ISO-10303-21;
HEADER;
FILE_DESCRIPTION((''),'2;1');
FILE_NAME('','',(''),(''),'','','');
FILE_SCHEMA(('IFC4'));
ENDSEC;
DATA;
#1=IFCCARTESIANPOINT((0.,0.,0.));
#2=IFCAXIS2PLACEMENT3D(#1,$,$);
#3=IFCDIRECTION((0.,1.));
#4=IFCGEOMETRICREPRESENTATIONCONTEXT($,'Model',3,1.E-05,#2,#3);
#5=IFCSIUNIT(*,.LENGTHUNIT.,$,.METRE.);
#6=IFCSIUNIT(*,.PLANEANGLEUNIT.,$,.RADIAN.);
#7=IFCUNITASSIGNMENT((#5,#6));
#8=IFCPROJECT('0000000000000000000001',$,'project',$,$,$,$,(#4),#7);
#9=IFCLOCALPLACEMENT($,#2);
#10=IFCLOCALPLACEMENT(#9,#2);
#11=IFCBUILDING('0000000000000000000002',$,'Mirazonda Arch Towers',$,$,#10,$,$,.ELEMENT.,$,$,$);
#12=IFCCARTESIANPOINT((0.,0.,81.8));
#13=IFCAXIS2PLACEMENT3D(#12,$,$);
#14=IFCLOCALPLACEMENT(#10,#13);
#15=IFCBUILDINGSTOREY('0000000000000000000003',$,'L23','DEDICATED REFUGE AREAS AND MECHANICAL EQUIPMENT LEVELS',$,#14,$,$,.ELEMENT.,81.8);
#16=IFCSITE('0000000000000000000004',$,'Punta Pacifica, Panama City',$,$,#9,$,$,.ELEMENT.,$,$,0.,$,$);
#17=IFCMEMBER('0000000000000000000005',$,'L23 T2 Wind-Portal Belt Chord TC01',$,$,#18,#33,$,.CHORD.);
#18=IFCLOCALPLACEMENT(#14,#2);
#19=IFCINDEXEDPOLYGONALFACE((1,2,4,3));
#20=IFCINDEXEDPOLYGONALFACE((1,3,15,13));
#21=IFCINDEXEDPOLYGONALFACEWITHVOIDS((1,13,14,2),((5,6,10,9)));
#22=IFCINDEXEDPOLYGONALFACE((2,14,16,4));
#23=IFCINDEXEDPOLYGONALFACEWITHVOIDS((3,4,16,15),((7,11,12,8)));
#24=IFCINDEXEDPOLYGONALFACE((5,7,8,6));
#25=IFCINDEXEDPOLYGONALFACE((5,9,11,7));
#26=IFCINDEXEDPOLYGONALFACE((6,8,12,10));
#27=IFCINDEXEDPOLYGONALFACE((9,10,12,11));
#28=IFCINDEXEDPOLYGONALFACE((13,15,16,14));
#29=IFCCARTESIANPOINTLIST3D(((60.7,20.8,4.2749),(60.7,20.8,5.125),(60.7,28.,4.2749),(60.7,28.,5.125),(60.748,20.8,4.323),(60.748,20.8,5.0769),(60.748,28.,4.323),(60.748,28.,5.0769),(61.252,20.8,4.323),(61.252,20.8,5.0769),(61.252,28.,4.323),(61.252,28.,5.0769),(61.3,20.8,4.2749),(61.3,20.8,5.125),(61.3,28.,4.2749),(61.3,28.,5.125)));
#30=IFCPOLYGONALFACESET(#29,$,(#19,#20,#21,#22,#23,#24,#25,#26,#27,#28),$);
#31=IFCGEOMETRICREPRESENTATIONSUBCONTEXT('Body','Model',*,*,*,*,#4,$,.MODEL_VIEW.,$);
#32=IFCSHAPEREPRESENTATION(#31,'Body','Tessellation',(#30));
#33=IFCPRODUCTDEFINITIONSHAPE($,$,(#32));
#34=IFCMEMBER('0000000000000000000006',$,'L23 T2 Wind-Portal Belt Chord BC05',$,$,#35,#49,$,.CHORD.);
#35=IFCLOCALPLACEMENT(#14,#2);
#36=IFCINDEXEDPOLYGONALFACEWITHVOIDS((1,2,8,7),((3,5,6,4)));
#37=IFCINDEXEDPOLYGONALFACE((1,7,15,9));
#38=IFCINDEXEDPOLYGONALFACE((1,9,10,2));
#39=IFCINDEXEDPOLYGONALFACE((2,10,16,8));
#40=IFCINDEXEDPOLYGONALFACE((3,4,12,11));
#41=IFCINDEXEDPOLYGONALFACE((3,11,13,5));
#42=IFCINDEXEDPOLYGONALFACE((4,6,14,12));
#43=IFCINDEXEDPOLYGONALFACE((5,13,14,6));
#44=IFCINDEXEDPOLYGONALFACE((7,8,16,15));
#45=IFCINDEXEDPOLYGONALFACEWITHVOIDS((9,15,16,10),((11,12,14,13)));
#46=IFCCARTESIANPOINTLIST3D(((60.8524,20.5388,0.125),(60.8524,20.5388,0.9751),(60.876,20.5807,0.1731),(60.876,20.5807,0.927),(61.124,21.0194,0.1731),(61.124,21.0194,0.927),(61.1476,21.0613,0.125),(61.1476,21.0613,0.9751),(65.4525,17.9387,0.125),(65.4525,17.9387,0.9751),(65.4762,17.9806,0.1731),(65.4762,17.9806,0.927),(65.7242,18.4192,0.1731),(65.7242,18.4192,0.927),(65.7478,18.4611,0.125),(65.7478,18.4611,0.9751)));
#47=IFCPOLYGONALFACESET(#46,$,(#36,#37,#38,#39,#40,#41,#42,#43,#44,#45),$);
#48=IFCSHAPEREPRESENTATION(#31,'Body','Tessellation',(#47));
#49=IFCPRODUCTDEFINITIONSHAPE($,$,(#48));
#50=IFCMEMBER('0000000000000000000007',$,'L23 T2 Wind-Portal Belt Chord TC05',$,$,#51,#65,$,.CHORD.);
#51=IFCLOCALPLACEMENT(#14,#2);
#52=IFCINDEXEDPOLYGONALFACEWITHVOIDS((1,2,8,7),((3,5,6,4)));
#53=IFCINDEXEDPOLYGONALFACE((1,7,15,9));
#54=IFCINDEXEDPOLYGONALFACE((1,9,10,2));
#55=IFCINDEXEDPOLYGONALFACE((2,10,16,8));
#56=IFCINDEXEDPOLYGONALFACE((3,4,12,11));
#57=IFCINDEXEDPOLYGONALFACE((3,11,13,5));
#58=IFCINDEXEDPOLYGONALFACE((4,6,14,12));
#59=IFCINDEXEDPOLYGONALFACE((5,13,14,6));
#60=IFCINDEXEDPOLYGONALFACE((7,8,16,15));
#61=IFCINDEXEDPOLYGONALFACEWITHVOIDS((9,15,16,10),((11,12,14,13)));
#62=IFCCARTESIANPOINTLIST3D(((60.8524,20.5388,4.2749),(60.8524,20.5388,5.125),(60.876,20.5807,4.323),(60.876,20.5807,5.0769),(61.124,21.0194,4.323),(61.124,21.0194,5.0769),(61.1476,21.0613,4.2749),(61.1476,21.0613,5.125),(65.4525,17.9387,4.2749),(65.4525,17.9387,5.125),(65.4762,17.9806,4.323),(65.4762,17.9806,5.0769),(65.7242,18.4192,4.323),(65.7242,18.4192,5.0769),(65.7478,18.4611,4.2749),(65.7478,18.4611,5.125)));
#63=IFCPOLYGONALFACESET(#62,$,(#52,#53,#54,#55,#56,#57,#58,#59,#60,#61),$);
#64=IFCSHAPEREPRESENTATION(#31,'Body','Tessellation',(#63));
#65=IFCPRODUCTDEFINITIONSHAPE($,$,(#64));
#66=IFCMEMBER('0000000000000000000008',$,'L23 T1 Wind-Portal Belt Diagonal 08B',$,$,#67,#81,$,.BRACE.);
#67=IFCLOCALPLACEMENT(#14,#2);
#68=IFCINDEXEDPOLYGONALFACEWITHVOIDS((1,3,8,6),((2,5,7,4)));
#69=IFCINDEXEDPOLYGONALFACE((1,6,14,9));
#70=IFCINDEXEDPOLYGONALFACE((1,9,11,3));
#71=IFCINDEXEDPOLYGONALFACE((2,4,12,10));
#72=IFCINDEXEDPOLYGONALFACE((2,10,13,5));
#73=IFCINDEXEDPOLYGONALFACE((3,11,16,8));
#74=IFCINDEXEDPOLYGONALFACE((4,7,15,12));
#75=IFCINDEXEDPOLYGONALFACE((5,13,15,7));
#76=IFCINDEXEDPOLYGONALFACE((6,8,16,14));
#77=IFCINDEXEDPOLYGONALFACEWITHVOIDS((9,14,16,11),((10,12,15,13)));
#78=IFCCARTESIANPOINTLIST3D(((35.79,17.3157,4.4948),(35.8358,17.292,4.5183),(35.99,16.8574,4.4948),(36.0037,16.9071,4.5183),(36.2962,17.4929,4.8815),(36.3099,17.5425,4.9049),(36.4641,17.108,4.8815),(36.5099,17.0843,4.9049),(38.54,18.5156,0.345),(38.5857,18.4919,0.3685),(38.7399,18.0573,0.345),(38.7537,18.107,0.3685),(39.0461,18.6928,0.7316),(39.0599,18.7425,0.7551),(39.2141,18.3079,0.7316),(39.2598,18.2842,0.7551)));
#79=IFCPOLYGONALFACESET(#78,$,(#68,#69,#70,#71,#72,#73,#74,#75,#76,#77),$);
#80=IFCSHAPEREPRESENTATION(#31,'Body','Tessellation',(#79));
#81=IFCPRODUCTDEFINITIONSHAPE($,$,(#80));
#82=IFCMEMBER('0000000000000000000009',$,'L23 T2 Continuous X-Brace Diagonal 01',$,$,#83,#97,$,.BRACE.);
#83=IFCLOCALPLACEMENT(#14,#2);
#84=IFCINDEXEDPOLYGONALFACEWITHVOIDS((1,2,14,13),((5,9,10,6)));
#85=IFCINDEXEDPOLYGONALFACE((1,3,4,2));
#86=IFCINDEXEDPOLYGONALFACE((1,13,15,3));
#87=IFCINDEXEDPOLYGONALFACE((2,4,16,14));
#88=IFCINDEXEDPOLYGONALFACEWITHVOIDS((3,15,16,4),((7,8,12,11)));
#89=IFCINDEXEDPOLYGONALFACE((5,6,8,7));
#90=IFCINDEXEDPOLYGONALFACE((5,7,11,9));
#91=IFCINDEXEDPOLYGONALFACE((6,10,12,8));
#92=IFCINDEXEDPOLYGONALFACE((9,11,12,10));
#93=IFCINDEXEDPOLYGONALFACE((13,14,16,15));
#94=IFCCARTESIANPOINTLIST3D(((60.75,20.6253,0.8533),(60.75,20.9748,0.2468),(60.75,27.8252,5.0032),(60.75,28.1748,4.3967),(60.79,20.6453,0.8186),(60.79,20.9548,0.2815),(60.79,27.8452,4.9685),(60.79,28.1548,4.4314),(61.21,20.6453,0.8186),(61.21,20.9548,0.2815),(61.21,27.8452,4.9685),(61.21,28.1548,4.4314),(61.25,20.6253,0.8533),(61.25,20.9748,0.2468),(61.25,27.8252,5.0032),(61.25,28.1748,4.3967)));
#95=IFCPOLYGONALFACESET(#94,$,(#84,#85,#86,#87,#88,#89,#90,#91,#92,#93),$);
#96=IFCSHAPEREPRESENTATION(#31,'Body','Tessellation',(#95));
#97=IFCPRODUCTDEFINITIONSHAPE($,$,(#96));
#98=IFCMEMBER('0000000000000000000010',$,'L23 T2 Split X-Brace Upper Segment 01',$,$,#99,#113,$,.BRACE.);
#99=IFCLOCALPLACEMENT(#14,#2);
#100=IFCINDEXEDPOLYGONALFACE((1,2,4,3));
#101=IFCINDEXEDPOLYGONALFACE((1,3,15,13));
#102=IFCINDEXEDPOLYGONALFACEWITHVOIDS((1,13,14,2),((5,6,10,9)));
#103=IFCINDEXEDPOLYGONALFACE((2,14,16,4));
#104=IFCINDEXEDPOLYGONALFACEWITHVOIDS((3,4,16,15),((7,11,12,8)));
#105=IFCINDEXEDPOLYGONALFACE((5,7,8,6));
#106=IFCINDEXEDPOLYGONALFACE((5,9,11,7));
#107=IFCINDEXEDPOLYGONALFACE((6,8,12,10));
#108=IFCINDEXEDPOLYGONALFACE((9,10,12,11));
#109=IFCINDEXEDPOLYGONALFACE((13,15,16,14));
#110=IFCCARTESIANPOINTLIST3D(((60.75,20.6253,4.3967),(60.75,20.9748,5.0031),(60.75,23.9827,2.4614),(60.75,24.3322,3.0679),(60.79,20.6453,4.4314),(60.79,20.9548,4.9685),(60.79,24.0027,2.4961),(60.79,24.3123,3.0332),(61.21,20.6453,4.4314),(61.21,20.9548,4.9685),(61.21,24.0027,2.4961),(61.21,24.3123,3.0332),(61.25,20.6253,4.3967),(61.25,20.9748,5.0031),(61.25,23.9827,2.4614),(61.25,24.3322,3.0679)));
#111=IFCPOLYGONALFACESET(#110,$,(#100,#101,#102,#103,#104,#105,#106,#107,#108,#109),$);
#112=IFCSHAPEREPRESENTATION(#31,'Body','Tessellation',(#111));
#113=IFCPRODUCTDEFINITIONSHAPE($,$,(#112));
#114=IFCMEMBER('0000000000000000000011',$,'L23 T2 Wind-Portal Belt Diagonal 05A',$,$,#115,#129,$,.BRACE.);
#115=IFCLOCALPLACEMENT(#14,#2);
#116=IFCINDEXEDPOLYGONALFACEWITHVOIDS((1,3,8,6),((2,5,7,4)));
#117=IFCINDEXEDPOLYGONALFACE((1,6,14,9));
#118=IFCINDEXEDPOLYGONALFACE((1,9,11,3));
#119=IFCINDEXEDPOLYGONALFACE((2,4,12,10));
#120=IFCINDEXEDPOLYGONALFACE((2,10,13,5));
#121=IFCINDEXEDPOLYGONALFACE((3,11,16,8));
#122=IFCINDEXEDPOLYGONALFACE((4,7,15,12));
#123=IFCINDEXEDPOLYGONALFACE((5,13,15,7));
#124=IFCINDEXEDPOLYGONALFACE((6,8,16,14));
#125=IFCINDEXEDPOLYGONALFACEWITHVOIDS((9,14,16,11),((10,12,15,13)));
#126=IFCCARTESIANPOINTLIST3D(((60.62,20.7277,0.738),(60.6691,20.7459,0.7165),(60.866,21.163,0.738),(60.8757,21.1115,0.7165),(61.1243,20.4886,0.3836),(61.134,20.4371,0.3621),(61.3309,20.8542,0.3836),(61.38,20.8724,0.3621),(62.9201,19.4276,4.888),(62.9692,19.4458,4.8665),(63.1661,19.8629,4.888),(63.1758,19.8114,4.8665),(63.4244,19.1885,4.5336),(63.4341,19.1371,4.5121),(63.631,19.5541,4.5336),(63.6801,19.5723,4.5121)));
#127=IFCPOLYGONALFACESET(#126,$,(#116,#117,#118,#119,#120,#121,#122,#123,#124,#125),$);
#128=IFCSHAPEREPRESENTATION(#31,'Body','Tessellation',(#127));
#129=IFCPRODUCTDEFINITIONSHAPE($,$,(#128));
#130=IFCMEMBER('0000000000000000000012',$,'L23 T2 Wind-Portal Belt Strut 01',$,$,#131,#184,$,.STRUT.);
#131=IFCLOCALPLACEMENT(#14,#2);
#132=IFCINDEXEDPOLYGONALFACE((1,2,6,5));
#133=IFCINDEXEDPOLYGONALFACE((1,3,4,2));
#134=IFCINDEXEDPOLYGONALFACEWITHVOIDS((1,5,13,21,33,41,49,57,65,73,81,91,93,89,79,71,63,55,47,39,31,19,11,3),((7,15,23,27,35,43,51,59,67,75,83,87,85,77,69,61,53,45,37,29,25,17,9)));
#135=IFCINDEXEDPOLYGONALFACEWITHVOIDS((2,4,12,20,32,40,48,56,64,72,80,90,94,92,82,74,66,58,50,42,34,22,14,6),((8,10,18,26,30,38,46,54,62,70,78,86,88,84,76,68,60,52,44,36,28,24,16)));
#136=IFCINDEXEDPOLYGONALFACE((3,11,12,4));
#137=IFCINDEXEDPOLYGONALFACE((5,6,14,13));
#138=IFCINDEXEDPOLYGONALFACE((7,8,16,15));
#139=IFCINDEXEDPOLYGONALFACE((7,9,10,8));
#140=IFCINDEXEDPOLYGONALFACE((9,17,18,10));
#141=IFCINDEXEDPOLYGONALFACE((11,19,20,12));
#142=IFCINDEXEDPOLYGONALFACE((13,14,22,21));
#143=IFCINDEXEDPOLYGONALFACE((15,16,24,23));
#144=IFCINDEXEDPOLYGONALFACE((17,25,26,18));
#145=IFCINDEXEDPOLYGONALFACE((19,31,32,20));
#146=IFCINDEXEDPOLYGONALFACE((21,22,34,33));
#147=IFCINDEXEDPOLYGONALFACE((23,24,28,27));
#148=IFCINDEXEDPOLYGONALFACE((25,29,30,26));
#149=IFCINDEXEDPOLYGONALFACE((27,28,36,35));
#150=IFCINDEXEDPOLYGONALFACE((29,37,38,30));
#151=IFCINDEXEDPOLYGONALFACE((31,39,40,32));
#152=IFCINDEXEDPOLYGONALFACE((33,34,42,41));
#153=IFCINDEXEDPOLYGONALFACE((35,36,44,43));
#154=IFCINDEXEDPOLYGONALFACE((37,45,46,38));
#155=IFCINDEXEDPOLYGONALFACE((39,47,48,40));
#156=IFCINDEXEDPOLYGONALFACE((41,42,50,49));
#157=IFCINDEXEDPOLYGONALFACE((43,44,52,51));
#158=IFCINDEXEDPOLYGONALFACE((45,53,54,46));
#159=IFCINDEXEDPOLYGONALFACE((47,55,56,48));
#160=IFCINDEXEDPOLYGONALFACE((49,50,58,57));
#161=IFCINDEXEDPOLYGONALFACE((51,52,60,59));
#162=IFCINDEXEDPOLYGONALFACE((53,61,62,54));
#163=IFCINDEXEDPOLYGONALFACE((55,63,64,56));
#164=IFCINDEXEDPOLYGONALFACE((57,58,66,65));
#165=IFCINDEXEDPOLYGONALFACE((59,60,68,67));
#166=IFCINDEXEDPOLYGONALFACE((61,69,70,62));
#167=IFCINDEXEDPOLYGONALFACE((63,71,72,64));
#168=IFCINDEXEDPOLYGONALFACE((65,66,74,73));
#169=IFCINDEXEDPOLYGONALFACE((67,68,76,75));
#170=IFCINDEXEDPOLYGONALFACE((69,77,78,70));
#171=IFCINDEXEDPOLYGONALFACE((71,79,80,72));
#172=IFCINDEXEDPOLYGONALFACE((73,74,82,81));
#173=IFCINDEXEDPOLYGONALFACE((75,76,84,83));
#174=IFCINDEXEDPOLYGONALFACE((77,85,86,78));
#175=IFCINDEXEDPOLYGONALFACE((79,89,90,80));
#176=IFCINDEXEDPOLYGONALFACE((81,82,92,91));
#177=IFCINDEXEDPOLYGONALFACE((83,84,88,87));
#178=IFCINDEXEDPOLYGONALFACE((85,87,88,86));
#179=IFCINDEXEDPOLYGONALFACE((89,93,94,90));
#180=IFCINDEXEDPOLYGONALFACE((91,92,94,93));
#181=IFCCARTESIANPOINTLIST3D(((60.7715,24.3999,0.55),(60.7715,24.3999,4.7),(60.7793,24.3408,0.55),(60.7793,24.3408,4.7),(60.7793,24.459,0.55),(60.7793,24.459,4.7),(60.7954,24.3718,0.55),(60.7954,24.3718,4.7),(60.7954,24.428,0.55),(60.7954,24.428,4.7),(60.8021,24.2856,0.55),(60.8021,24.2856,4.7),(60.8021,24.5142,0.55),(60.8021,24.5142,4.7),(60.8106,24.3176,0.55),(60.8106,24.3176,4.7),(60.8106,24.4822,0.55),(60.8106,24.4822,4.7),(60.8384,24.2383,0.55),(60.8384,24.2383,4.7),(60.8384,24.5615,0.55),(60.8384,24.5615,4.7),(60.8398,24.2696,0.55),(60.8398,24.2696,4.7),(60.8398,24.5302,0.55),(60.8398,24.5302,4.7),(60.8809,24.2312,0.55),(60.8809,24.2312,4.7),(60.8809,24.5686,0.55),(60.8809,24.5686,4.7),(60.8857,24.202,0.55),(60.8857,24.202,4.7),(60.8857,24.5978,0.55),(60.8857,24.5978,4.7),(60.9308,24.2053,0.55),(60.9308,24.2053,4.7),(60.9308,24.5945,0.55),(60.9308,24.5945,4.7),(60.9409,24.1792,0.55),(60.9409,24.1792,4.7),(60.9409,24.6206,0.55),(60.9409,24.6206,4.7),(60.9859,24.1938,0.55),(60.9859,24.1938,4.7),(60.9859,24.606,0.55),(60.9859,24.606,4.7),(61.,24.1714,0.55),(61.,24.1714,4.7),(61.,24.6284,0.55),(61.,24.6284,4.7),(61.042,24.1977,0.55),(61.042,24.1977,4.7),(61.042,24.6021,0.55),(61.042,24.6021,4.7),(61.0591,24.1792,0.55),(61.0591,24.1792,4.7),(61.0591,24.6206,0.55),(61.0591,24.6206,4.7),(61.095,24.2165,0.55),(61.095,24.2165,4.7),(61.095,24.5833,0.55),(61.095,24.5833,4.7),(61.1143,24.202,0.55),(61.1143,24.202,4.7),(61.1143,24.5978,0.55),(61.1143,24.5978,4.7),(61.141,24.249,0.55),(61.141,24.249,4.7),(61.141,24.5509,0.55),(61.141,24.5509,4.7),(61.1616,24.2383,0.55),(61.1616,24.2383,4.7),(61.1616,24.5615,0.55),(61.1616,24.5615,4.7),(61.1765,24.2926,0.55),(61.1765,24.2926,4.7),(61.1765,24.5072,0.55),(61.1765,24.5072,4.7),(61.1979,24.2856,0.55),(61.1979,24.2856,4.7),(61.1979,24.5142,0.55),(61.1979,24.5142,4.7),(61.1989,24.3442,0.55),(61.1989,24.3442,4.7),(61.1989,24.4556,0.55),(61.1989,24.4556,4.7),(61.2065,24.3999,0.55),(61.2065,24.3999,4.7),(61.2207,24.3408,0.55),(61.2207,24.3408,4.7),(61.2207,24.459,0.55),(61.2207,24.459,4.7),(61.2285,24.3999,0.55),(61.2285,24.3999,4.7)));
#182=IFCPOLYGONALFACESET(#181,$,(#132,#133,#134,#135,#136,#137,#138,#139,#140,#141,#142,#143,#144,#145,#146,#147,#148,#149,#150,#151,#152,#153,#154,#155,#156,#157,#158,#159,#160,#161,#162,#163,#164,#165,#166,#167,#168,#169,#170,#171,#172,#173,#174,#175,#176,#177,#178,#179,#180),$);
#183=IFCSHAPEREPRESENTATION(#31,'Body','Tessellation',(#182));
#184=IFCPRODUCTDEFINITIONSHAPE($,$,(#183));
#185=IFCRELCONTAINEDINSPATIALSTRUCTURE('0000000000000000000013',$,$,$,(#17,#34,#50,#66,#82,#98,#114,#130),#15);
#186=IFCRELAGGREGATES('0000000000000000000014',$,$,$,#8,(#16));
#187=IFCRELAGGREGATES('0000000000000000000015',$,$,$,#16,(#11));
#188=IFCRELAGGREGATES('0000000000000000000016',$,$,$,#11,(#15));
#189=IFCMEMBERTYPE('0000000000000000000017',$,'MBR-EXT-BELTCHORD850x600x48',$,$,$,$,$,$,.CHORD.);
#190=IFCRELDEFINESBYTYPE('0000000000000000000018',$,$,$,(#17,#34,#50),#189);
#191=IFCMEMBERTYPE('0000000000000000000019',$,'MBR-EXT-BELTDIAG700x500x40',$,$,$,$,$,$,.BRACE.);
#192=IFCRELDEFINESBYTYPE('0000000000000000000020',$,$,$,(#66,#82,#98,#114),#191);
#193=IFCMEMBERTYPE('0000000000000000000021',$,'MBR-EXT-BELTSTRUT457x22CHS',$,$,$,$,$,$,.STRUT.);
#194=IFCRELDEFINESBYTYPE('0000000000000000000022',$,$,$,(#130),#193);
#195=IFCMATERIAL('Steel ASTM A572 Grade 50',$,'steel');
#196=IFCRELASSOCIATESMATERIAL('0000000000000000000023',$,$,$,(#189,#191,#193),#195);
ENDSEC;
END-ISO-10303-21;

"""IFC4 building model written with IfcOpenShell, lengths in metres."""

from ifc_helpers import new_model, si_unit, direction, frame, origin, origin_2d, place, context, subcontext, project, spatial, hollow_rectangle, hollow_circle, extrude, material, material_profile, profile_set, type_object, element, save


model = new_model("IFC4")

# Units and contexts
model_context = context("Model", 3, precision=1e-05, world=origin(), true_north=direction((0.0, 1.0)))
body_context = subcontext(model_context, "Body", "Model", "MODEL_VIEW")
ifc_project = project(units=[si_unit("LENGTHUNIT", "METRE"), si_unit("PLANEANGLEUNIT", "RADIAN")], contexts=[model_context])

# Site, building, storey
site_placement = place(None, origin())
site = spatial("IfcSite", under=ifc_project, at=site_placement, Name="Punta Pacifica, Panama City", CompositionType="ELEMENT", RefElevation=0.0)
building_placement = place(site_placement, origin())
building = spatial("IfcBuilding", under=site, at=building_placement, Name="Mirazonda Arch Towers", CompositionType="ELEMENT")
storey_placement = place(building_placement, frame((0.0, 0.0, 81.8)))
storey = spatial("IfcBuildingStorey", under=building, at=storey_placement, Name="L23", Description="DEDICATED REFUGE AREAS AND MECHANICAL EQUIPMENT LEVELS", CompositionType="ELEMENT", Elevation=81.8)

# Shared definitions
ifc_material_1 = material(Name="Steel ASTM A572 Grade 50", Category="steel")

# Members
ifc_material_profile_1 = material_profile(ifc_material_1, hollow_rectangle(XDim=0.6001, YDim=0.8501, WallThickness=0.0481, at=origin_2d()), Name="BELTCHORD850x600x48")
ifc_profile_set_1 = profile_set([ifc_material_profile_1], Name="Steel ASTM A572 Grade 50")
member_type_1 = type_object("IfcMemberType", Name="MBR-EXT-BELTCHORD850x600x48", PredefinedType="CHORD", material=ifc_profile_set_1)
for number, where, z_axis, x_axis, name in (
    (1, (61.0, 20.8, 4.7), (0.0, 1.0, 0.0), (-1.0, 0.0, 0.0), "L23 T2 Wind-Portal Belt Chord TC01"),
):
    element("IfcMember", number, at=place(storey_placement, frame(where, z_axis=z_axis, x_axis=x_axis)), inside=storey, type_object=member_type_1, Name=name, PredefinedType="CHORD", context=body_context, shape_type="SweptSolid", body=[
        extrude(hollow_rectangle(XDim=0.6001, YDim=0.8501, WallThickness=0.0481, at=origin_2d()), origin(), (0.0, 0.0, 1.0), 7.2),
    ])
for number, where, z_axis, x_axis, name in (
    (2, (61.0, 20.8, 0.55), (0.870559, -0.492063, 0.0), (0.492063, 0.870559, 0.0), "L23 T2 Wind-Portal Belt Chord BC05"),
    (3, (61.0, 20.8, 4.7), (0.870559, -0.492063, 0.0), (0.492063, 0.870559, 0.0), "L23 T2 Wind-Portal Belt Chord TC05"),
):
    element("IfcMember", number, at=place(storey_placement, frame(where, z_axis=z_axis, x_axis=x_axis)), inside=storey, type_object=member_type_1, Name=name, PredefinedType="CHORD", context=body_context, shape_type="SweptSolid", body=[
        extrude(hollow_rectangle(XDim=0.6001, YDim=0.8501, WallThickness=0.0481, at=origin_2d()), origin(), (0.0, 0.0, 1.0), 5.2842),
    ])
ifc_material_profile_2 = material_profile(ifc_material_1, hollow_rectangle(XDim=0.5, YDim=0.7, WallThickness=0.04, at=origin_2d()), Name="BELTDIAG700x500x40")
ifc_profile_set_2 = profile_set([ifc_material_profile_2], Name="Steel ASTM A572 Grade 50")
member_type_2 = type_object("IfcMemberType", Name="MBR-EXT-BELTDIAG700x500x40", PredefinedType="BRACE", material=ifc_profile_set_2)
member_1_placement = place(storey_placement, frame((38.8999, 18.3999, 0.55), z_axis=(-0.53701, -0.234322, 0.810378), x_axis=(0.399931, -0.916545, 0.0)))
element("IfcMember", 4, at=member_1_placement, inside=storey, type_object=member_type_2, Name="L23 T1 Wind-Portal Belt Diagonal 08B", PredefinedType="BRACE", context=body_context, shape_type="SweptSolid", body=[
    extrude(hollow_rectangle(XDim=0.5, YDim=0.7, WallThickness=0.04, at=origin_2d()), origin(), (0.0, 0.0, 1.0), 5.1208),
])
member_2_placement = place(storey_placement, frame((61.0, 20.8, 0.55), z_axis=(0.0, 0.866389, 0.499369), x_axis=(-1.0, 0.0, 0.0)))
element("IfcMember", 5, at=member_2_placement, inside=storey, type_object=member_type_2, Name="L23 T2 Continuous X-Brace Diagonal 01", PredefinedType="BRACE", context=body_context, shape_type="SweptSolid", body=[
    extrude(hollow_rectangle(XDim=0.5, YDim=0.7, WallThickness=0.04, at=origin_2d()), origin(), (0.0, 0.0, 1.0), 8.3103),
])
member_3_placement = place(storey_placement, frame((61.0, 24.1575, 2.7646), z_axis=(0.0, -0.866372, 0.499399), x_axis=(1.0, 0.0, 0.0)))
element("IfcMember", 6, at=member_3_placement, inside=storey, type_object=member_type_2, Name="L23 T2 Split X-Brace Upper Segment 01", PredefinedType="BRACE", context=body_context, shape_type="SweptSolid", body=[
    extrude(hollow_rectangle(XDim=0.5, YDim=0.7, WallThickness=0.04, at=origin_2d()), origin(), (0.0, 0.0, 1.0), 3.8752),
])
member_4_placement = place(storey_placement, frame((61.0, 20.8, 0.55), z_axis=(0.467532, -0.264261, 0.843552), x_axis=(0.492063, 0.870559, 0.0)))
element("IfcMember", 7, at=member_4_placement, inside=storey, type_object=member_type_2, Name="L23 T2 Wind-Portal Belt Diagonal 05A", PredefinedType="BRACE", context=body_context, shape_type="SweptSolid", body=[
    extrude(hollow_rectangle(XDim=0.5, YDim=0.7, WallThickness=0.04, at=origin_2d()), origin(), (0.0, 0.0, 1.0), 4.9197),
])
ifc_material_profile_3 = material_profile(ifc_material_1, hollow_circle(Radius=0.2285, WallThickness=0.022, at=origin_2d()), Name="BELTSTRUT457x22CHS")
ifc_profile_set_3 = profile_set([ifc_material_profile_3], Name="Steel ASTM A572 Grade 50")
member_type_3 = type_object("IfcMemberType", Name="MBR-EXT-BELTSTRUT457x22CHS", PredefinedType="STRUT", material=ifc_profile_set_3)
member_5_placement = place(storey_placement, frame((61.0, 24.3999, 0.55), z_axis=(0.0, 0.0, 1.0), x_axis=(1.0, 0.0, 0.0)))
element("IfcMember", 8, at=member_5_placement, inside=storey, type_object=member_type_3, Name="L23 T2 Wind-Portal Belt Strut 01", PredefinedType="STRUT", context=body_context, shape_type="SweptSolid", body=[
    extrude(hollow_circle(Radius=0.2285, WallThickness=0.022, at=origin_2d()), origin(), (0.0, 0.0, 1.0), 4.1499),
])

save(model, "model.ifc")
